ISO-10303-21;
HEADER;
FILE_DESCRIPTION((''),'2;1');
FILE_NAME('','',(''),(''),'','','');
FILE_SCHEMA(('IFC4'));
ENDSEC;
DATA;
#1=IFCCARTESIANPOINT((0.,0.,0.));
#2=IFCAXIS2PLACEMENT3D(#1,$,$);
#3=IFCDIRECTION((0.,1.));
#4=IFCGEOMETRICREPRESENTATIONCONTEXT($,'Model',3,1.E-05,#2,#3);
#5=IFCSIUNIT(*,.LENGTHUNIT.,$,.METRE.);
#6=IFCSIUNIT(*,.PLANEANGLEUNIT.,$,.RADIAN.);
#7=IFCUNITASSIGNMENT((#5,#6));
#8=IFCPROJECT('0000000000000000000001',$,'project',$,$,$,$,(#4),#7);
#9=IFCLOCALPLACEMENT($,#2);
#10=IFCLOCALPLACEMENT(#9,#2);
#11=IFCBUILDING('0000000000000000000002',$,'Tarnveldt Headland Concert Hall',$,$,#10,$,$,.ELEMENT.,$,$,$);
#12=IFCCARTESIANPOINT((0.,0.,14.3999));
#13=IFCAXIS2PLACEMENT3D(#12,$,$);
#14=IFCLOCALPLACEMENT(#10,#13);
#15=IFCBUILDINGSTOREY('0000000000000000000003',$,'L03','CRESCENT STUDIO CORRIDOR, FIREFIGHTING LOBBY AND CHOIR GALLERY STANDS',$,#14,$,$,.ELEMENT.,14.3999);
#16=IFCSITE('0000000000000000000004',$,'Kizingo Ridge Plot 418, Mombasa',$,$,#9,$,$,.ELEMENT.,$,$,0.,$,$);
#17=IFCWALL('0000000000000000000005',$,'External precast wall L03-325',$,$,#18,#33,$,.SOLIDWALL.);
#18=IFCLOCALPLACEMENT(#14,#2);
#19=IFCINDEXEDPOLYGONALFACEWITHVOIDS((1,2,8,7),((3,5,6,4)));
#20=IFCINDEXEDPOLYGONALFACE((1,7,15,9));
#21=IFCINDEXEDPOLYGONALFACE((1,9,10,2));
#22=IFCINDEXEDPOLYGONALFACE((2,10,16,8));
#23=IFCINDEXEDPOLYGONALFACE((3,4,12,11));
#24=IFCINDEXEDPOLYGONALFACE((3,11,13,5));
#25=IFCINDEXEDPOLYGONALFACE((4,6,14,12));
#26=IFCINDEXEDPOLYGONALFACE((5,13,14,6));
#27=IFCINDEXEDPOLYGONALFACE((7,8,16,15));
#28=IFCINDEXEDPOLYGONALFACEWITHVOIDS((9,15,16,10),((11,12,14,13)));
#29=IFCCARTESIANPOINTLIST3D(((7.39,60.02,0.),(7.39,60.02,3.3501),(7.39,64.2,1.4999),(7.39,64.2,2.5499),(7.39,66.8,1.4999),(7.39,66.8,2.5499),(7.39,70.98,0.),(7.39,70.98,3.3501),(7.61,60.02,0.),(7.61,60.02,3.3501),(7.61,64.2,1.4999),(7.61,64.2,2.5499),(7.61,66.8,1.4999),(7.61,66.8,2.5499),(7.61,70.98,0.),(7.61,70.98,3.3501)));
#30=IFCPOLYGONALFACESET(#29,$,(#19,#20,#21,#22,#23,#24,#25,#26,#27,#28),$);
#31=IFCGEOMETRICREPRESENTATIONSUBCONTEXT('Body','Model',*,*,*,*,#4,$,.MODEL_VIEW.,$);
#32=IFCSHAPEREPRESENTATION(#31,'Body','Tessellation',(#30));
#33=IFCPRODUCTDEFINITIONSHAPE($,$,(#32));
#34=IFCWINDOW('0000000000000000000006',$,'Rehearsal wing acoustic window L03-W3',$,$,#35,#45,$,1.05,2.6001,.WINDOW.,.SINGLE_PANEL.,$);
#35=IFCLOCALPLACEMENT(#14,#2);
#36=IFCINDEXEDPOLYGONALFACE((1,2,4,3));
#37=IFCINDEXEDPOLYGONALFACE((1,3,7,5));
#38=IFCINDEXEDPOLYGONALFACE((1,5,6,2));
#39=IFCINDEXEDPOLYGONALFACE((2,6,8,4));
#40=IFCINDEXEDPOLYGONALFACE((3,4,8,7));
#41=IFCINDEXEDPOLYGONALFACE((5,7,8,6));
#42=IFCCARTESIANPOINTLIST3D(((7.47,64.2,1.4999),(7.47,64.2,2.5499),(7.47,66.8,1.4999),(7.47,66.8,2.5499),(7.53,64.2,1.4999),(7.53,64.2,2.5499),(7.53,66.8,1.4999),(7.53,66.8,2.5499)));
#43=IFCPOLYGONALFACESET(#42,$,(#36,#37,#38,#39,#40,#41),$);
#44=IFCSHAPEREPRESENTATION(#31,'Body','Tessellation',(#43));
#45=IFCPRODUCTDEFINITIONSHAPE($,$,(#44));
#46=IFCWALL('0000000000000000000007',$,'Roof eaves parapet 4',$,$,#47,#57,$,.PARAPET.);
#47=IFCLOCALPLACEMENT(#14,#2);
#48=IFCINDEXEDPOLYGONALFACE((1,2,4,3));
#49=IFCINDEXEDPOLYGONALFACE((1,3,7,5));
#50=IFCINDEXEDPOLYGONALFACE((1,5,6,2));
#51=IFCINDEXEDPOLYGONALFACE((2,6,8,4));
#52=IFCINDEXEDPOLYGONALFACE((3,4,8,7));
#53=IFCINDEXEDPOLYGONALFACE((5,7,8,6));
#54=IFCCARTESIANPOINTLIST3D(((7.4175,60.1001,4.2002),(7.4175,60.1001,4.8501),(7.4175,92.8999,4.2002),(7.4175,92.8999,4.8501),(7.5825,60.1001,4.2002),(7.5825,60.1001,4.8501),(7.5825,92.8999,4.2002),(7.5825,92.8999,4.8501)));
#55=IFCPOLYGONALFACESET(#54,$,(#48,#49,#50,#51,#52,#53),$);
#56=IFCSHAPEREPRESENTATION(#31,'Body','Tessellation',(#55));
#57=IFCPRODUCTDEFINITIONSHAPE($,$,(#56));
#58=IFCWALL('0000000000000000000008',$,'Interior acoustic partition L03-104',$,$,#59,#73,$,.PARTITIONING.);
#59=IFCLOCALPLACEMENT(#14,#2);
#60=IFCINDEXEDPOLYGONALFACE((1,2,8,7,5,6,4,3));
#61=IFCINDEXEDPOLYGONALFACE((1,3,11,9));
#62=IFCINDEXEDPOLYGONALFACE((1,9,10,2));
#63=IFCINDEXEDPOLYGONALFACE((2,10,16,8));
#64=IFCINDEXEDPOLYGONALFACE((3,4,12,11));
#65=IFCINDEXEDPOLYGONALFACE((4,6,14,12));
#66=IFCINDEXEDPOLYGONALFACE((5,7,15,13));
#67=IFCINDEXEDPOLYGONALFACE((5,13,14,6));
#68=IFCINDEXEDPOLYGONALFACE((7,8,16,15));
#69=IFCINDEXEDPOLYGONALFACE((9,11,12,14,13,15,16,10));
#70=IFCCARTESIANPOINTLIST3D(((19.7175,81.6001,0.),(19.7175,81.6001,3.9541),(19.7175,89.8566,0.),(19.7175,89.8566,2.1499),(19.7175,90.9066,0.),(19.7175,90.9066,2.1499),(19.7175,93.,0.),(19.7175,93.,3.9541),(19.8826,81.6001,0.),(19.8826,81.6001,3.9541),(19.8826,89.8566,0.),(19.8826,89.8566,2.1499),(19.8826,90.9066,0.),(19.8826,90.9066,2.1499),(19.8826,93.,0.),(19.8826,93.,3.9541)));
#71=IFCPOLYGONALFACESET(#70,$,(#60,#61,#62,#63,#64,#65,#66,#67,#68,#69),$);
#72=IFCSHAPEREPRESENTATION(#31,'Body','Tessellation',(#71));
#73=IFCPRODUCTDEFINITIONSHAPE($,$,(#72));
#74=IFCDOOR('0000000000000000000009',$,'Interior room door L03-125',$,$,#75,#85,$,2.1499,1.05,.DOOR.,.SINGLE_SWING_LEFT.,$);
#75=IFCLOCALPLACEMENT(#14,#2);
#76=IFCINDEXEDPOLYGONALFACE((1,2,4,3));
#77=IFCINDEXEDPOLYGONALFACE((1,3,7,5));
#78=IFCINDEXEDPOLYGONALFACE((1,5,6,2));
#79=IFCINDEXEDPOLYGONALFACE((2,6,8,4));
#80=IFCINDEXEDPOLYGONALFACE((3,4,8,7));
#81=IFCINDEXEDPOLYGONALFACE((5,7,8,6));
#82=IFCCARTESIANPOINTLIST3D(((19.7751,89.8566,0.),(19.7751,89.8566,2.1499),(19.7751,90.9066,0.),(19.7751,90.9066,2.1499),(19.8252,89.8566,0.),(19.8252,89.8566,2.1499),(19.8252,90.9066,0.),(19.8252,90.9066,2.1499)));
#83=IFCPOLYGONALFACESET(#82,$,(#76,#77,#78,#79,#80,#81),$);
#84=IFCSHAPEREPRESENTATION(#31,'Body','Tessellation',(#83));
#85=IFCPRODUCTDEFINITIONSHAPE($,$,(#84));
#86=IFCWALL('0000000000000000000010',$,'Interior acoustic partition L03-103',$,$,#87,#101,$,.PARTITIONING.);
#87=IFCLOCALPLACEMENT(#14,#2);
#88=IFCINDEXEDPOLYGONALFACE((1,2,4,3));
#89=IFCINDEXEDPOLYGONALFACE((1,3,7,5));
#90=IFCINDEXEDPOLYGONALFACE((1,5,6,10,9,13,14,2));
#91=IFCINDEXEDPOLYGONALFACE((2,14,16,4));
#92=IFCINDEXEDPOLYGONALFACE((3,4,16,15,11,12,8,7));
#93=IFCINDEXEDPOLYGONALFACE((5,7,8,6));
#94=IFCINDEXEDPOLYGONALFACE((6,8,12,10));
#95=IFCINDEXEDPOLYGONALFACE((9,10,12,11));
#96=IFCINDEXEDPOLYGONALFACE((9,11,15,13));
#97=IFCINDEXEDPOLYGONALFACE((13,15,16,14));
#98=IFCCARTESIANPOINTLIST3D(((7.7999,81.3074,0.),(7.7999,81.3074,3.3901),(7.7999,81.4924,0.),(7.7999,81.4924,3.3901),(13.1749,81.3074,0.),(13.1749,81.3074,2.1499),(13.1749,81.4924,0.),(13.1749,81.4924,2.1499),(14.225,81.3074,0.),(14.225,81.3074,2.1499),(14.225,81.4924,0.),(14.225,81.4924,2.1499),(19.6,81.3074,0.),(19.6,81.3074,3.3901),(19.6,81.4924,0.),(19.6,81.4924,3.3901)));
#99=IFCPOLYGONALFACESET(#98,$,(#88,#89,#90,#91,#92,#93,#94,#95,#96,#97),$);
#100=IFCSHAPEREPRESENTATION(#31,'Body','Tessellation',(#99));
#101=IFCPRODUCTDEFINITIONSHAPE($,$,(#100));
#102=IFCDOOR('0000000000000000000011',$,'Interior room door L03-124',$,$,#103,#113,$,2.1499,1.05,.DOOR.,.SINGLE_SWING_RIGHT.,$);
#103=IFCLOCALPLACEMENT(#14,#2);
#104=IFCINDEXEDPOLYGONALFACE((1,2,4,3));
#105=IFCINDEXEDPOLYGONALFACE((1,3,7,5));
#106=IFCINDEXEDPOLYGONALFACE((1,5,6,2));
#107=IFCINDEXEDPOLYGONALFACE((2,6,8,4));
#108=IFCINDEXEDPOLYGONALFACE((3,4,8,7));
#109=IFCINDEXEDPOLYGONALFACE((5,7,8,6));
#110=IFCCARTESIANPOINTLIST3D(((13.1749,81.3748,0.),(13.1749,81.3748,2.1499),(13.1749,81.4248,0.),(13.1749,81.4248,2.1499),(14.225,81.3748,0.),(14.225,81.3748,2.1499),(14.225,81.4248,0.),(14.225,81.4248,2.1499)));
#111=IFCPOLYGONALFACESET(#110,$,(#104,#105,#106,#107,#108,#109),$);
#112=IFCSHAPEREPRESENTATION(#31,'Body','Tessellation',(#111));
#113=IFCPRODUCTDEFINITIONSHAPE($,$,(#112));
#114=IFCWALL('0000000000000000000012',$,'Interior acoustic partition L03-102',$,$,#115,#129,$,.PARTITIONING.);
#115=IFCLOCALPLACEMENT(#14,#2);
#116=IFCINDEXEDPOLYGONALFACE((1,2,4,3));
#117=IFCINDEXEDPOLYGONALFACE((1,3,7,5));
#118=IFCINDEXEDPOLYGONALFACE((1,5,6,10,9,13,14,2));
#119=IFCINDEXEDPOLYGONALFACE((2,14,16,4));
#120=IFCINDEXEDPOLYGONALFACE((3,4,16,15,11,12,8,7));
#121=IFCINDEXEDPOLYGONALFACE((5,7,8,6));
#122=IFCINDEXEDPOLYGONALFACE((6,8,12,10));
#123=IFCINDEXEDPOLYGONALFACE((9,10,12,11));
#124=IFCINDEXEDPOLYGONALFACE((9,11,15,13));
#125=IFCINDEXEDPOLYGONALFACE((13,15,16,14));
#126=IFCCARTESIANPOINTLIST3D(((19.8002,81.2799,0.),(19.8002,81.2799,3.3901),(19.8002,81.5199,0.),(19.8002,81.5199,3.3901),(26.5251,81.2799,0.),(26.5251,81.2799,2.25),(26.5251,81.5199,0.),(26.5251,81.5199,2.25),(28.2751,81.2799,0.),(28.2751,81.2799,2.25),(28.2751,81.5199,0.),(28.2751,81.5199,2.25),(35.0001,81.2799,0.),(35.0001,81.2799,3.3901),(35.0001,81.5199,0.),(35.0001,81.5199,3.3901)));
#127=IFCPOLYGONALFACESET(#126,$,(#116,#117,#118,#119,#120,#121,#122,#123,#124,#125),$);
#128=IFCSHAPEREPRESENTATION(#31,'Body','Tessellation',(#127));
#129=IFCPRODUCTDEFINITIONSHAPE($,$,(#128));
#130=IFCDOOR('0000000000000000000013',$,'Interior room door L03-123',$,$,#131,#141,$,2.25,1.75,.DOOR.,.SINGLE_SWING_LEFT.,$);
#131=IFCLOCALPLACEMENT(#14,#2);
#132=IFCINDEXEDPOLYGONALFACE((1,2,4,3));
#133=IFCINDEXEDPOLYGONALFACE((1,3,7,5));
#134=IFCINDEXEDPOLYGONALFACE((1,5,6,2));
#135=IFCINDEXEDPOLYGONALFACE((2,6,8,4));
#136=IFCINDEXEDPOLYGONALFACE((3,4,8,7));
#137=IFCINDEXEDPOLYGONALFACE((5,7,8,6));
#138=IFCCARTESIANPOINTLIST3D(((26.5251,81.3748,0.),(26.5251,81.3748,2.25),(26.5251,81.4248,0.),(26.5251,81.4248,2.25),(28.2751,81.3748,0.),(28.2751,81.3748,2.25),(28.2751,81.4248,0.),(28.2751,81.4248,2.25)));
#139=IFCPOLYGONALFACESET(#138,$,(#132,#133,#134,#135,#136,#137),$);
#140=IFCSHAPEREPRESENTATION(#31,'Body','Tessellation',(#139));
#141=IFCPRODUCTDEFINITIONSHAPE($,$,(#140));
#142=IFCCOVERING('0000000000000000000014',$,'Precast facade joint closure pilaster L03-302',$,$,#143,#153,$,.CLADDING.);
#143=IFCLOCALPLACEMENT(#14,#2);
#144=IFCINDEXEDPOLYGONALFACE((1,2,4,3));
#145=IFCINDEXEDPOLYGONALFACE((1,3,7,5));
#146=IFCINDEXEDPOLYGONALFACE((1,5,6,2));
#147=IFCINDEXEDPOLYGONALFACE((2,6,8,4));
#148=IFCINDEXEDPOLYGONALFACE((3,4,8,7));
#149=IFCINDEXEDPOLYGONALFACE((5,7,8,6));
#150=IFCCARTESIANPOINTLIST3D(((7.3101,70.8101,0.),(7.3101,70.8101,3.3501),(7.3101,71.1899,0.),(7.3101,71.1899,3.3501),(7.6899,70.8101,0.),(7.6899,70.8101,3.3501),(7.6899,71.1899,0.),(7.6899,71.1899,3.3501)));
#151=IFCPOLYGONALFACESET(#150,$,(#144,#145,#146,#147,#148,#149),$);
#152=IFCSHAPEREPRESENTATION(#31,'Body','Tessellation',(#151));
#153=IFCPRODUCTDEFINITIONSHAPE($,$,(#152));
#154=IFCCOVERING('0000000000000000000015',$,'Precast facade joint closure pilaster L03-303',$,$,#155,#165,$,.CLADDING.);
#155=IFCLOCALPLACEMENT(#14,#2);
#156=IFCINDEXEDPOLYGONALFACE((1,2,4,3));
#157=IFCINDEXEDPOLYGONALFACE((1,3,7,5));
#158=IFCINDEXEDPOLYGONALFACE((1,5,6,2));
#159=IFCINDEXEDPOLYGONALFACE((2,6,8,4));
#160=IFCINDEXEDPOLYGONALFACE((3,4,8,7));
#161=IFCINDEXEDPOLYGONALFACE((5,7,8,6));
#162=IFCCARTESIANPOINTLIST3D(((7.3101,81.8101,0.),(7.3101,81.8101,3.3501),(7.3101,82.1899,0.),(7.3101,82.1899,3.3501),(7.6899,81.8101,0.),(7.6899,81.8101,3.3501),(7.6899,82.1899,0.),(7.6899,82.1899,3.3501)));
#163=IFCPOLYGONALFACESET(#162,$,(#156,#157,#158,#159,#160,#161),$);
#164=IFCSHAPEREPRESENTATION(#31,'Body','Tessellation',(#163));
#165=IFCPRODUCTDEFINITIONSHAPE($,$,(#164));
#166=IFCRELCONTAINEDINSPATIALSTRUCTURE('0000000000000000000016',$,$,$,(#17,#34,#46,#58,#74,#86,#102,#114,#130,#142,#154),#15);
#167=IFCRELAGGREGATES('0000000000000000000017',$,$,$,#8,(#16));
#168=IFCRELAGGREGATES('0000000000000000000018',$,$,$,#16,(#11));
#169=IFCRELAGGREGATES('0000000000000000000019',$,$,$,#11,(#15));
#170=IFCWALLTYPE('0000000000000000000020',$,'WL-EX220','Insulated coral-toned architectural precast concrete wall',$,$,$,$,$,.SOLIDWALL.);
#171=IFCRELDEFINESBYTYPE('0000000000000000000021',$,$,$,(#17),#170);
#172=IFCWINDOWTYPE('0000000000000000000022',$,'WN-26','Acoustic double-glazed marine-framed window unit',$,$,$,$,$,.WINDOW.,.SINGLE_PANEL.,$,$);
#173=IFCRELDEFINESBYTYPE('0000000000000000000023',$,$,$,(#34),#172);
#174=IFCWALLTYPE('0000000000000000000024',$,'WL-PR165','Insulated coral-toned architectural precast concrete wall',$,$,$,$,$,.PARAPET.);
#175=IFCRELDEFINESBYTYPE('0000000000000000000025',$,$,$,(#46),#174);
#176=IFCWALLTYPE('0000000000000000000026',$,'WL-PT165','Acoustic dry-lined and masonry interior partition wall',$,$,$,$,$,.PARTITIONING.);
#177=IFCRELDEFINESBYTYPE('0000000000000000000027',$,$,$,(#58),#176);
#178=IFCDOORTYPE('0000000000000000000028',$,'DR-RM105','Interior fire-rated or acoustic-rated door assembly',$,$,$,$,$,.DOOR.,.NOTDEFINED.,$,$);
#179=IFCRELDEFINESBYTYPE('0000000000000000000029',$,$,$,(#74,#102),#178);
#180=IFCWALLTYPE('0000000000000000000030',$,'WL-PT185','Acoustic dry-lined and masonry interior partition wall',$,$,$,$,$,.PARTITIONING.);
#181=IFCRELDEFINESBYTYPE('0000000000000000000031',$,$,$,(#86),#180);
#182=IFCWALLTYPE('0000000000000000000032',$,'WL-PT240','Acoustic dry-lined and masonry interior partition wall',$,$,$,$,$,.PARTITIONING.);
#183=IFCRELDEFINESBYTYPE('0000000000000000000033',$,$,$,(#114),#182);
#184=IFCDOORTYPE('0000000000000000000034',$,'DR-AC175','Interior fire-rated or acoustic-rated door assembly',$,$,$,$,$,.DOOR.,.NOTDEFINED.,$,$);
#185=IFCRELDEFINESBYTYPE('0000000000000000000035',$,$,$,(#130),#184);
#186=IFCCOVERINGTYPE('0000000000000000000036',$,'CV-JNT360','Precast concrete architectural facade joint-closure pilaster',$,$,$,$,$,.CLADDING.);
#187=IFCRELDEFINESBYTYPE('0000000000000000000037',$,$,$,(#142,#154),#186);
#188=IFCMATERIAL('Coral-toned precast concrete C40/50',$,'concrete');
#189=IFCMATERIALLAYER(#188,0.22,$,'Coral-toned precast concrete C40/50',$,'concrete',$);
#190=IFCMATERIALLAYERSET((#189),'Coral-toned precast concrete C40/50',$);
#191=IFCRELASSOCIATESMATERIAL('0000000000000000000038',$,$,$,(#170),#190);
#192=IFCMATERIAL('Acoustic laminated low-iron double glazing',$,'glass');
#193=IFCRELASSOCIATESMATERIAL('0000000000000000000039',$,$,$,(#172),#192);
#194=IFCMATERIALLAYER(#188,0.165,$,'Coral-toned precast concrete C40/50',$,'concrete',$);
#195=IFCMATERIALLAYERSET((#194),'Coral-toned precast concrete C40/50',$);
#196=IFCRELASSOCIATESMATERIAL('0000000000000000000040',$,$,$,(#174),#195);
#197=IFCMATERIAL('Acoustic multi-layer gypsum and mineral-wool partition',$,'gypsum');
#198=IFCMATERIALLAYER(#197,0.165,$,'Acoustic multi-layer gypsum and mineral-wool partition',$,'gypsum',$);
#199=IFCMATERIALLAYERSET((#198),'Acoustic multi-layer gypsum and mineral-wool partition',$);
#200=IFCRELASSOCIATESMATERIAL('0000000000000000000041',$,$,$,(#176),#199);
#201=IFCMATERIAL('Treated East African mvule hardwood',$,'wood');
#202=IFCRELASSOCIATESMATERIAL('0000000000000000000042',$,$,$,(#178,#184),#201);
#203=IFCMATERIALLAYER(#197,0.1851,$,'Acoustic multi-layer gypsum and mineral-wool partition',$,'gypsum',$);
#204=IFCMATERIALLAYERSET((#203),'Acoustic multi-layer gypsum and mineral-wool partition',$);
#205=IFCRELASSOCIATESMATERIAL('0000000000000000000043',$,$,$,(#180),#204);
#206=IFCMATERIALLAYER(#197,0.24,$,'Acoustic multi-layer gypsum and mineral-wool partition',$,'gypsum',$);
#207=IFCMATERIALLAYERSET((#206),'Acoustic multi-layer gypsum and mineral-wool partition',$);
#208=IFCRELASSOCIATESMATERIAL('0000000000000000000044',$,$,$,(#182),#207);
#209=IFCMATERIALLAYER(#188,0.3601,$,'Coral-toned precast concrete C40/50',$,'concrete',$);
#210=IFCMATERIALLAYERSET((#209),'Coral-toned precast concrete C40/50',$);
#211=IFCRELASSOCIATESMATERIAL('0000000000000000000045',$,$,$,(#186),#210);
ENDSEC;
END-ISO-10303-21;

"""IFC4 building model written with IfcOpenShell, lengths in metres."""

from ifc_helpers import new_model, si_unit, direction, frame, frame_2d, origin, origin_2d, place, context, subcontext, project, spatial, rectangle, extrude, material, layer, layer_set, type_object, element, fill, save


model = new_model("IFC4")

# Units and contexts
model_context = context("Model", 3, precision=1e-05, world=origin(), true_north=direction((0.0, 1.0)))
body_context = subcontext(model_context, "Body", "Model", "MODEL_VIEW")
ifc_project = project(units=[si_unit("LENGTHUNIT", "METRE"), si_unit("PLANEANGLEUNIT", "RADIAN")], contexts=[model_context])

# Site, building, storey
site_placement = place(None, origin())
site = spatial("IfcSite", under=ifc_project, at=site_placement, Name="Kizingo Ridge Plot 418, Mombasa", CompositionType="ELEMENT", RefElevation=0.0)
building_placement = place(site_placement, origin())
building = spatial("IfcBuilding", under=site, at=building_placement, Name="Tarnveldt Headland Concert Hall", CompositionType="ELEMENT")
storey_placement = place(building_placement, frame((0.0, 0.0, 14.3999)))
storey = spatial("IfcBuildingStorey", under=building, at=storey_placement, Name="L03", Description="CRESCENT STUDIO CORRIDOR, FIREFIGHTING LOBBY AND CHOIR GALLERY STANDS", CompositionType="ELEMENT", Elevation=14.3999)

# Wall, opening, window
ifc_material_1 = material(Name="Coral-toned precast concrete C40/50", Category="concrete")
ifc_layer_1 = layer(ifc_material_1, 0.22, Name="Coral-toned precast concrete C40/50", Category="concrete")
ifc_layer_set_1 = layer_set([ifc_layer_1], Name="Coral-toned precast concrete C40/50")
wall_type_1 = type_object("IfcWallType", Name="WL-EX220", Description="Insulated coral-toned architectural precast concrete wall", PredefinedType="SOLIDWALL", material=ifc_layer_set_1)
ifc_material_2 = material(Name="Acoustic laminated low-iron double glazing", Category="glass")
wall_1_placement = place(storey_placement, frame((7.5, 60.02, 0.0), z_axis=(0.0, 0.0, 1.0), x_axis=(0.0, 1.0, 0.0)))
wall_1 = element("IfcWall", 1, at=wall_1_placement, inside=storey, type_object=wall_type_1, Name="External precast wall L03-325", PredefinedType="SOLIDWALL", context=body_context, shape_type="SweptSolid", body=[
    extrude(rectangle(XDim=10.96, YDim=0.22, at=frame_2d((5.48, 0.0))), origin(), (0.0, 0.0, 1.0), 3.3501),
])
opening_1_placement = place(wall_1_placement, frame((4.1799, 0.0, 1.5)))
opening_1 = element("IfcOpeningElement", 2, at=opening_1_placement, cuts=wall_1, PredefinedType="OPENING", context=body_context, shape_type="SweptSolid", body=[
    extrude(rectangle(XDim=2.6001, YDim=1.05, at=frame_2d((1.3, 0.5249))), frame((0.0, 0.1199, 0.0), z_axis=(0.0, -1.0, 0.0), x_axis=(1.0, 0.0, 0.0)), (0.0, 0.0, 1.0), 0.24),
])
window_type_1 = type_object("IfcWindowType", Name="WN-26", Description="Acoustic double-glazed marine-framed window unit", PartitioningType="SINGLE_PANEL", PredefinedType="WINDOW", material=ifc_material_2)
window_1_placement = place(opening_1_placement, origin())
window_1 = element("IfcWindow", 3, at=window_1_placement, inside=storey, type_object=window_type_1, Name="Rehearsal wing acoustic window L03-W3", OverallHeight=1.05, OverallWidth=2.6001, PartitioningType="SINGLE_PANEL", PredefinedType="WINDOW", context=body_context, shape_type="SweptSolid", body=[
    extrude(rectangle(XDim=2.6001, YDim=1.05, at=frame_2d((1.3, 0.5249))), frame((0.0, 0.03, 0.0), z_axis=(0.0, -1.0, 0.0), x_axis=(1.0, 0.0, 0.0)), (0.0, 0.0, 1.0), 0.0601),
])
fill(opening_1, window_1)

# Wall
ifc_layer_2 = layer(ifc_material_1, 0.165, Name="Coral-toned precast concrete C40/50", Category="concrete")
ifc_layer_set_2 = layer_set([ifc_layer_2], Name="Coral-toned precast concrete C40/50")
wall_type_2 = type_object("IfcWallType", Name="WL-PR165", Description="Insulated coral-toned architectural precast concrete wall", PredefinedType="PARAPET", material=ifc_layer_set_2)
wall_2_placement = place(storey_placement, frame((7.5, 60.1001, 4.2002), z_axis=(0.0, 0.0, 1.0), x_axis=(0.0, 1.0, 0.0)))
element("IfcWall", 4, at=wall_2_placement, inside=storey, type_object=wall_type_2, Name="Roof eaves parapet 4", PredefinedType="PARAPET", context=body_context, shape_type="SweptSolid", body=[
    extrude(rectangle(XDim=32.7998, YDim=0.165, at=frame_2d((16.3999, 0.0))), origin(), (0.0, 0.0, 1.0), 0.6499),
])

# Walls, openings, doors
ifc_material_3 = material(Name="Acoustic multi-layer gypsum and mineral-wool partition", Category="gypsum")
ifc_layer_3 = layer(ifc_material_3, 0.165, Name="Acoustic multi-layer gypsum and mineral-wool partition", Category="gypsum")
ifc_layer_set_3 = layer_set([ifc_layer_3], Name="Acoustic multi-layer gypsum and mineral-wool partition")
wall_type_3 = type_object("IfcWallType", Name="WL-PT165", Description="Acoustic dry-lined and masonry interior partition wall", PredefinedType="PARTITIONING", material=ifc_layer_set_3)
wall_3_placement = place(storey_placement, frame((19.8, 81.6001, 0.0), z_axis=(0.0, 0.0, 1.0), x_axis=(0.0, 1.0, 0.0)))
wall_3 = element("IfcWall", 5, at=wall_3_placement, inside=storey, type_object=wall_type_3, Name="Interior acoustic partition L03-104", PredefinedType="PARTITIONING", context=body_context, shape_type="SweptSolid", body=[
    extrude(rectangle(XDim=11.3999, YDim=0.165, at=frame_2d((5.7, 0.0))), origin(), (0.0, 0.0, 1.0), 3.9541),
])
opening_2_placement = place(wall_3_placement, frame((8.2566, 0.0, 0.0)))
opening_2 = element("IfcOpeningElement", 6, at=opening_2_placement, cuts=wall_3, PredefinedType="OPENING", context=body_context, shape_type="SweptSolid", body=[
    extrude(rectangle(XDim=1.05, YDim=2.1499, at=frame_2d((0.5249, 1.075))), frame((0.0, 0.0925, 0.0), z_axis=(0.0, -1.0, 0.0), x_axis=(1.0, 0.0, 0.0)), (0.0, 0.0, 1.0), 0.1851),
])
ifc_material_4 = material(Name="Treated East African mvule hardwood", Category="wood")
door_type_1 = type_object("IfcDoorType", Name="DR-RM105", Description="Interior fire-rated or acoustic-rated door assembly", OperationType="NOTDEFINED", PredefinedType="DOOR", material=ifc_material_4)
door_1_placement = place(opening_2_placement, origin())
door_1 = element("IfcDoor", 7, at=door_1_placement, inside=storey, type_object=door_type_1, Name="Interior room door L03-125", OperationType="SINGLE_SWING_LEFT", OverallHeight=2.1499, OverallWidth=1.05, PredefinedType="DOOR", context=body_context, shape_type="SweptSolid", body=[
    extrude(rectangle(XDim=1.05, YDim=2.1499, at=frame_2d((0.5249, 1.075))), frame((0.0, 0.0249, 0.0), z_axis=(0.0, -1.0, 0.0), x_axis=(1.0, 0.0, 0.0)), (0.0, 0.0, 1.0), 0.05),
])
fill(opening_2, door_1)
ifc_layer_4 = layer(ifc_material_3, 0.1851, Name="Acoustic multi-layer gypsum and mineral-wool partition", Category="gypsum")
ifc_layer_set_4 = layer_set([ifc_layer_4], Name="Acoustic multi-layer gypsum and mineral-wool partition")
wall_type_4 = type_object("IfcWallType", Name="WL-PT185", Description="Acoustic dry-lined and masonry interior partition wall", PredefinedType="PARTITIONING", material=ifc_layer_set_4)
wall_4_placement = place(storey_placement, frame((7.8, 81.3999, 0.0), z_axis=(0.0, 0.0, 1.0), x_axis=(1.0, 0.0, 0.0)))
wall_4 = element("IfcWall", 8, at=wall_4_placement, inside=storey, type_object=wall_type_4, Name="Interior acoustic partition L03-103", PredefinedType="PARTITIONING", context=body_context, shape_type="SweptSolid", body=[
    extrude(rectangle(XDim=11.8, YDim=0.1851, at=frame_2d((5.8999, 0.0))), origin(), (0.0, 0.0, 1.0), 3.3901),
])
opening_3_placement = place(wall_4_placement, frame((5.375, 0.0, 0.0)))
opening_3 = element("IfcOpeningElement", 9, at=opening_3_placement, cuts=wall_4, PredefinedType="OPENING", context=body_context, shape_type="SweptSolid", body=[
    extrude(rectangle(XDim=1.05, YDim=2.1499, at=frame_2d((0.5249, 1.075))), frame((0.0, 0.1025, 0.0), z_axis=(0.0, -1.0, 0.0), x_axis=(1.0, 0.0, 0.0)), (0.0, 0.0, 1.0), 0.2051),
])
door_2_placement = place(opening_3_placement, origin())
door_2 = element("IfcDoor", 10, at=door_2_placement, inside=storey, type_object=door_type_1, Name="Interior room door L03-124", OperationType="SINGLE_SWING_RIGHT", OverallHeight=2.1499, OverallWidth=1.05, PredefinedType="DOOR", context=body_context, shape_type="SweptSolid", body=[
    extrude(rectangle(XDim=1.05, YDim=2.1499, at=frame_2d((0.5249, 1.075))), frame((0.0, 0.0249, 0.0), z_axis=(0.0, -1.0, 0.0), x_axis=(1.0, 0.0, 0.0)), (0.0, 0.0, 1.0), 0.05),
])
fill(opening_3, door_2)
ifc_layer_5 = layer(ifc_material_3, 0.24, Name="Acoustic multi-layer gypsum and mineral-wool partition", Category="gypsum")
ifc_layer_set_5 = layer_set([ifc_layer_5], Name="Acoustic multi-layer gypsum and mineral-wool partition")
wall_type_5 = type_object("IfcWallType", Name="WL-PT240", Description="Acoustic dry-lined and masonry interior partition wall", PredefinedType="PARTITIONING", material=ifc_layer_set_5)
wall_5_placement = place(storey_placement, frame((19.8, 81.3999, 0.0), z_axis=(0.0, 0.0, 1.0), x_axis=(1.0, 0.0, 0.0)))
wall_5 = element("IfcWall", 11, at=wall_5_placement, inside=storey, type_object=wall_type_5, Name="Interior acoustic partition L03-102", PredefinedType="PARTITIONING", context=body_context, shape_type="SweptSolid", body=[
    extrude(rectangle(XDim=15.2, YDim=0.24, at=frame_2d((7.6001, 0.0))), origin(), (0.0, 0.0, 1.0), 3.3901),
])
opening_4_placement = place(wall_5_placement, frame((6.7251, 0.0, 0.0)))
opening_4 = element("IfcOpeningElement", 12, at=opening_4_placement, cuts=wall_5, PredefinedType="OPENING", context=body_context, shape_type="SweptSolid", body=[
    extrude(rectangle(XDim=1.75, YDim=2.25, at=frame_2d((0.875, 1.125))), frame((0.0, 0.1299, 0.0), z_axis=(0.0, -1.0, 0.0), x_axis=(1.0, 0.0, 0.0)), (0.0, 0.0, 1.0), 0.26),
])
door_type_2 = type_object("IfcDoorType", Name="DR-AC175", Description="Interior fire-rated or acoustic-rated door assembly", OperationType="NOTDEFINED", PredefinedType="DOOR", material=ifc_material_4)
door_3_placement = place(opening_4_placement, origin())
door_3 = element("IfcDoor", 13, at=door_3_placement, inside=storey, type_object=door_type_2, Name="Interior room door L03-123", OperationType="SINGLE_SWING_LEFT", OverallHeight=2.25, OverallWidth=1.75, PredefinedType="DOOR", context=body_context, shape_type="SweptSolid", body=[
    extrude(rectangle(XDim=1.75, YDim=2.25, at=frame_2d((0.875, 1.125))), frame((0.0, 0.0249, 0.0), z_axis=(0.0, -1.0, 0.0), x_axis=(1.0, 0.0, 0.0)), (0.0, 0.0, 1.0), 0.05),
])
fill(opening_4, door_3)

# Coverings
ifc_layer_6 = layer(ifc_material_1, 0.3601, Name="Coral-toned precast concrete C40/50", Category="concrete")
ifc_layer_set_6 = layer_set([ifc_layer_6], Name="Coral-toned precast concrete C40/50")
covering_type = type_object("IfcCoveringType", Name="CV-JNT360", Description="Precast concrete architectural facade joint-closure pilaster", PredefinedType="CLADDING", material=ifc_layer_set_6)
for number, where, z_axis, x_axis, name in (
    (14, (7.5, 71.0, 0.0), (0.0, 0.0, 1.0), (0.0, 1.0, 0.0), "Precast facade joint closure pilaster L03-302"),
    (15, (7.5, 82.0, 0.0), (0.0, 0.0, 1.0), (0.0, 1.0, 0.0), "Precast facade joint closure pilaster L03-303"),
):
    element("IfcCovering", number, at=place(storey_placement, frame(where, z_axis=z_axis, x_axis=x_axis)), inside=storey, type_object=covering_type, Name=name, PredefinedType="CLADDING", context=body_context, shape_type="SweptSolid", body=[
        extrude(rectangle(XDim=0.3799, YDim=0.3799, at=origin_2d()), origin(), (0.0, 0.0, 1.0), 3.3501),
    ])

save(model, "model.ifc")
